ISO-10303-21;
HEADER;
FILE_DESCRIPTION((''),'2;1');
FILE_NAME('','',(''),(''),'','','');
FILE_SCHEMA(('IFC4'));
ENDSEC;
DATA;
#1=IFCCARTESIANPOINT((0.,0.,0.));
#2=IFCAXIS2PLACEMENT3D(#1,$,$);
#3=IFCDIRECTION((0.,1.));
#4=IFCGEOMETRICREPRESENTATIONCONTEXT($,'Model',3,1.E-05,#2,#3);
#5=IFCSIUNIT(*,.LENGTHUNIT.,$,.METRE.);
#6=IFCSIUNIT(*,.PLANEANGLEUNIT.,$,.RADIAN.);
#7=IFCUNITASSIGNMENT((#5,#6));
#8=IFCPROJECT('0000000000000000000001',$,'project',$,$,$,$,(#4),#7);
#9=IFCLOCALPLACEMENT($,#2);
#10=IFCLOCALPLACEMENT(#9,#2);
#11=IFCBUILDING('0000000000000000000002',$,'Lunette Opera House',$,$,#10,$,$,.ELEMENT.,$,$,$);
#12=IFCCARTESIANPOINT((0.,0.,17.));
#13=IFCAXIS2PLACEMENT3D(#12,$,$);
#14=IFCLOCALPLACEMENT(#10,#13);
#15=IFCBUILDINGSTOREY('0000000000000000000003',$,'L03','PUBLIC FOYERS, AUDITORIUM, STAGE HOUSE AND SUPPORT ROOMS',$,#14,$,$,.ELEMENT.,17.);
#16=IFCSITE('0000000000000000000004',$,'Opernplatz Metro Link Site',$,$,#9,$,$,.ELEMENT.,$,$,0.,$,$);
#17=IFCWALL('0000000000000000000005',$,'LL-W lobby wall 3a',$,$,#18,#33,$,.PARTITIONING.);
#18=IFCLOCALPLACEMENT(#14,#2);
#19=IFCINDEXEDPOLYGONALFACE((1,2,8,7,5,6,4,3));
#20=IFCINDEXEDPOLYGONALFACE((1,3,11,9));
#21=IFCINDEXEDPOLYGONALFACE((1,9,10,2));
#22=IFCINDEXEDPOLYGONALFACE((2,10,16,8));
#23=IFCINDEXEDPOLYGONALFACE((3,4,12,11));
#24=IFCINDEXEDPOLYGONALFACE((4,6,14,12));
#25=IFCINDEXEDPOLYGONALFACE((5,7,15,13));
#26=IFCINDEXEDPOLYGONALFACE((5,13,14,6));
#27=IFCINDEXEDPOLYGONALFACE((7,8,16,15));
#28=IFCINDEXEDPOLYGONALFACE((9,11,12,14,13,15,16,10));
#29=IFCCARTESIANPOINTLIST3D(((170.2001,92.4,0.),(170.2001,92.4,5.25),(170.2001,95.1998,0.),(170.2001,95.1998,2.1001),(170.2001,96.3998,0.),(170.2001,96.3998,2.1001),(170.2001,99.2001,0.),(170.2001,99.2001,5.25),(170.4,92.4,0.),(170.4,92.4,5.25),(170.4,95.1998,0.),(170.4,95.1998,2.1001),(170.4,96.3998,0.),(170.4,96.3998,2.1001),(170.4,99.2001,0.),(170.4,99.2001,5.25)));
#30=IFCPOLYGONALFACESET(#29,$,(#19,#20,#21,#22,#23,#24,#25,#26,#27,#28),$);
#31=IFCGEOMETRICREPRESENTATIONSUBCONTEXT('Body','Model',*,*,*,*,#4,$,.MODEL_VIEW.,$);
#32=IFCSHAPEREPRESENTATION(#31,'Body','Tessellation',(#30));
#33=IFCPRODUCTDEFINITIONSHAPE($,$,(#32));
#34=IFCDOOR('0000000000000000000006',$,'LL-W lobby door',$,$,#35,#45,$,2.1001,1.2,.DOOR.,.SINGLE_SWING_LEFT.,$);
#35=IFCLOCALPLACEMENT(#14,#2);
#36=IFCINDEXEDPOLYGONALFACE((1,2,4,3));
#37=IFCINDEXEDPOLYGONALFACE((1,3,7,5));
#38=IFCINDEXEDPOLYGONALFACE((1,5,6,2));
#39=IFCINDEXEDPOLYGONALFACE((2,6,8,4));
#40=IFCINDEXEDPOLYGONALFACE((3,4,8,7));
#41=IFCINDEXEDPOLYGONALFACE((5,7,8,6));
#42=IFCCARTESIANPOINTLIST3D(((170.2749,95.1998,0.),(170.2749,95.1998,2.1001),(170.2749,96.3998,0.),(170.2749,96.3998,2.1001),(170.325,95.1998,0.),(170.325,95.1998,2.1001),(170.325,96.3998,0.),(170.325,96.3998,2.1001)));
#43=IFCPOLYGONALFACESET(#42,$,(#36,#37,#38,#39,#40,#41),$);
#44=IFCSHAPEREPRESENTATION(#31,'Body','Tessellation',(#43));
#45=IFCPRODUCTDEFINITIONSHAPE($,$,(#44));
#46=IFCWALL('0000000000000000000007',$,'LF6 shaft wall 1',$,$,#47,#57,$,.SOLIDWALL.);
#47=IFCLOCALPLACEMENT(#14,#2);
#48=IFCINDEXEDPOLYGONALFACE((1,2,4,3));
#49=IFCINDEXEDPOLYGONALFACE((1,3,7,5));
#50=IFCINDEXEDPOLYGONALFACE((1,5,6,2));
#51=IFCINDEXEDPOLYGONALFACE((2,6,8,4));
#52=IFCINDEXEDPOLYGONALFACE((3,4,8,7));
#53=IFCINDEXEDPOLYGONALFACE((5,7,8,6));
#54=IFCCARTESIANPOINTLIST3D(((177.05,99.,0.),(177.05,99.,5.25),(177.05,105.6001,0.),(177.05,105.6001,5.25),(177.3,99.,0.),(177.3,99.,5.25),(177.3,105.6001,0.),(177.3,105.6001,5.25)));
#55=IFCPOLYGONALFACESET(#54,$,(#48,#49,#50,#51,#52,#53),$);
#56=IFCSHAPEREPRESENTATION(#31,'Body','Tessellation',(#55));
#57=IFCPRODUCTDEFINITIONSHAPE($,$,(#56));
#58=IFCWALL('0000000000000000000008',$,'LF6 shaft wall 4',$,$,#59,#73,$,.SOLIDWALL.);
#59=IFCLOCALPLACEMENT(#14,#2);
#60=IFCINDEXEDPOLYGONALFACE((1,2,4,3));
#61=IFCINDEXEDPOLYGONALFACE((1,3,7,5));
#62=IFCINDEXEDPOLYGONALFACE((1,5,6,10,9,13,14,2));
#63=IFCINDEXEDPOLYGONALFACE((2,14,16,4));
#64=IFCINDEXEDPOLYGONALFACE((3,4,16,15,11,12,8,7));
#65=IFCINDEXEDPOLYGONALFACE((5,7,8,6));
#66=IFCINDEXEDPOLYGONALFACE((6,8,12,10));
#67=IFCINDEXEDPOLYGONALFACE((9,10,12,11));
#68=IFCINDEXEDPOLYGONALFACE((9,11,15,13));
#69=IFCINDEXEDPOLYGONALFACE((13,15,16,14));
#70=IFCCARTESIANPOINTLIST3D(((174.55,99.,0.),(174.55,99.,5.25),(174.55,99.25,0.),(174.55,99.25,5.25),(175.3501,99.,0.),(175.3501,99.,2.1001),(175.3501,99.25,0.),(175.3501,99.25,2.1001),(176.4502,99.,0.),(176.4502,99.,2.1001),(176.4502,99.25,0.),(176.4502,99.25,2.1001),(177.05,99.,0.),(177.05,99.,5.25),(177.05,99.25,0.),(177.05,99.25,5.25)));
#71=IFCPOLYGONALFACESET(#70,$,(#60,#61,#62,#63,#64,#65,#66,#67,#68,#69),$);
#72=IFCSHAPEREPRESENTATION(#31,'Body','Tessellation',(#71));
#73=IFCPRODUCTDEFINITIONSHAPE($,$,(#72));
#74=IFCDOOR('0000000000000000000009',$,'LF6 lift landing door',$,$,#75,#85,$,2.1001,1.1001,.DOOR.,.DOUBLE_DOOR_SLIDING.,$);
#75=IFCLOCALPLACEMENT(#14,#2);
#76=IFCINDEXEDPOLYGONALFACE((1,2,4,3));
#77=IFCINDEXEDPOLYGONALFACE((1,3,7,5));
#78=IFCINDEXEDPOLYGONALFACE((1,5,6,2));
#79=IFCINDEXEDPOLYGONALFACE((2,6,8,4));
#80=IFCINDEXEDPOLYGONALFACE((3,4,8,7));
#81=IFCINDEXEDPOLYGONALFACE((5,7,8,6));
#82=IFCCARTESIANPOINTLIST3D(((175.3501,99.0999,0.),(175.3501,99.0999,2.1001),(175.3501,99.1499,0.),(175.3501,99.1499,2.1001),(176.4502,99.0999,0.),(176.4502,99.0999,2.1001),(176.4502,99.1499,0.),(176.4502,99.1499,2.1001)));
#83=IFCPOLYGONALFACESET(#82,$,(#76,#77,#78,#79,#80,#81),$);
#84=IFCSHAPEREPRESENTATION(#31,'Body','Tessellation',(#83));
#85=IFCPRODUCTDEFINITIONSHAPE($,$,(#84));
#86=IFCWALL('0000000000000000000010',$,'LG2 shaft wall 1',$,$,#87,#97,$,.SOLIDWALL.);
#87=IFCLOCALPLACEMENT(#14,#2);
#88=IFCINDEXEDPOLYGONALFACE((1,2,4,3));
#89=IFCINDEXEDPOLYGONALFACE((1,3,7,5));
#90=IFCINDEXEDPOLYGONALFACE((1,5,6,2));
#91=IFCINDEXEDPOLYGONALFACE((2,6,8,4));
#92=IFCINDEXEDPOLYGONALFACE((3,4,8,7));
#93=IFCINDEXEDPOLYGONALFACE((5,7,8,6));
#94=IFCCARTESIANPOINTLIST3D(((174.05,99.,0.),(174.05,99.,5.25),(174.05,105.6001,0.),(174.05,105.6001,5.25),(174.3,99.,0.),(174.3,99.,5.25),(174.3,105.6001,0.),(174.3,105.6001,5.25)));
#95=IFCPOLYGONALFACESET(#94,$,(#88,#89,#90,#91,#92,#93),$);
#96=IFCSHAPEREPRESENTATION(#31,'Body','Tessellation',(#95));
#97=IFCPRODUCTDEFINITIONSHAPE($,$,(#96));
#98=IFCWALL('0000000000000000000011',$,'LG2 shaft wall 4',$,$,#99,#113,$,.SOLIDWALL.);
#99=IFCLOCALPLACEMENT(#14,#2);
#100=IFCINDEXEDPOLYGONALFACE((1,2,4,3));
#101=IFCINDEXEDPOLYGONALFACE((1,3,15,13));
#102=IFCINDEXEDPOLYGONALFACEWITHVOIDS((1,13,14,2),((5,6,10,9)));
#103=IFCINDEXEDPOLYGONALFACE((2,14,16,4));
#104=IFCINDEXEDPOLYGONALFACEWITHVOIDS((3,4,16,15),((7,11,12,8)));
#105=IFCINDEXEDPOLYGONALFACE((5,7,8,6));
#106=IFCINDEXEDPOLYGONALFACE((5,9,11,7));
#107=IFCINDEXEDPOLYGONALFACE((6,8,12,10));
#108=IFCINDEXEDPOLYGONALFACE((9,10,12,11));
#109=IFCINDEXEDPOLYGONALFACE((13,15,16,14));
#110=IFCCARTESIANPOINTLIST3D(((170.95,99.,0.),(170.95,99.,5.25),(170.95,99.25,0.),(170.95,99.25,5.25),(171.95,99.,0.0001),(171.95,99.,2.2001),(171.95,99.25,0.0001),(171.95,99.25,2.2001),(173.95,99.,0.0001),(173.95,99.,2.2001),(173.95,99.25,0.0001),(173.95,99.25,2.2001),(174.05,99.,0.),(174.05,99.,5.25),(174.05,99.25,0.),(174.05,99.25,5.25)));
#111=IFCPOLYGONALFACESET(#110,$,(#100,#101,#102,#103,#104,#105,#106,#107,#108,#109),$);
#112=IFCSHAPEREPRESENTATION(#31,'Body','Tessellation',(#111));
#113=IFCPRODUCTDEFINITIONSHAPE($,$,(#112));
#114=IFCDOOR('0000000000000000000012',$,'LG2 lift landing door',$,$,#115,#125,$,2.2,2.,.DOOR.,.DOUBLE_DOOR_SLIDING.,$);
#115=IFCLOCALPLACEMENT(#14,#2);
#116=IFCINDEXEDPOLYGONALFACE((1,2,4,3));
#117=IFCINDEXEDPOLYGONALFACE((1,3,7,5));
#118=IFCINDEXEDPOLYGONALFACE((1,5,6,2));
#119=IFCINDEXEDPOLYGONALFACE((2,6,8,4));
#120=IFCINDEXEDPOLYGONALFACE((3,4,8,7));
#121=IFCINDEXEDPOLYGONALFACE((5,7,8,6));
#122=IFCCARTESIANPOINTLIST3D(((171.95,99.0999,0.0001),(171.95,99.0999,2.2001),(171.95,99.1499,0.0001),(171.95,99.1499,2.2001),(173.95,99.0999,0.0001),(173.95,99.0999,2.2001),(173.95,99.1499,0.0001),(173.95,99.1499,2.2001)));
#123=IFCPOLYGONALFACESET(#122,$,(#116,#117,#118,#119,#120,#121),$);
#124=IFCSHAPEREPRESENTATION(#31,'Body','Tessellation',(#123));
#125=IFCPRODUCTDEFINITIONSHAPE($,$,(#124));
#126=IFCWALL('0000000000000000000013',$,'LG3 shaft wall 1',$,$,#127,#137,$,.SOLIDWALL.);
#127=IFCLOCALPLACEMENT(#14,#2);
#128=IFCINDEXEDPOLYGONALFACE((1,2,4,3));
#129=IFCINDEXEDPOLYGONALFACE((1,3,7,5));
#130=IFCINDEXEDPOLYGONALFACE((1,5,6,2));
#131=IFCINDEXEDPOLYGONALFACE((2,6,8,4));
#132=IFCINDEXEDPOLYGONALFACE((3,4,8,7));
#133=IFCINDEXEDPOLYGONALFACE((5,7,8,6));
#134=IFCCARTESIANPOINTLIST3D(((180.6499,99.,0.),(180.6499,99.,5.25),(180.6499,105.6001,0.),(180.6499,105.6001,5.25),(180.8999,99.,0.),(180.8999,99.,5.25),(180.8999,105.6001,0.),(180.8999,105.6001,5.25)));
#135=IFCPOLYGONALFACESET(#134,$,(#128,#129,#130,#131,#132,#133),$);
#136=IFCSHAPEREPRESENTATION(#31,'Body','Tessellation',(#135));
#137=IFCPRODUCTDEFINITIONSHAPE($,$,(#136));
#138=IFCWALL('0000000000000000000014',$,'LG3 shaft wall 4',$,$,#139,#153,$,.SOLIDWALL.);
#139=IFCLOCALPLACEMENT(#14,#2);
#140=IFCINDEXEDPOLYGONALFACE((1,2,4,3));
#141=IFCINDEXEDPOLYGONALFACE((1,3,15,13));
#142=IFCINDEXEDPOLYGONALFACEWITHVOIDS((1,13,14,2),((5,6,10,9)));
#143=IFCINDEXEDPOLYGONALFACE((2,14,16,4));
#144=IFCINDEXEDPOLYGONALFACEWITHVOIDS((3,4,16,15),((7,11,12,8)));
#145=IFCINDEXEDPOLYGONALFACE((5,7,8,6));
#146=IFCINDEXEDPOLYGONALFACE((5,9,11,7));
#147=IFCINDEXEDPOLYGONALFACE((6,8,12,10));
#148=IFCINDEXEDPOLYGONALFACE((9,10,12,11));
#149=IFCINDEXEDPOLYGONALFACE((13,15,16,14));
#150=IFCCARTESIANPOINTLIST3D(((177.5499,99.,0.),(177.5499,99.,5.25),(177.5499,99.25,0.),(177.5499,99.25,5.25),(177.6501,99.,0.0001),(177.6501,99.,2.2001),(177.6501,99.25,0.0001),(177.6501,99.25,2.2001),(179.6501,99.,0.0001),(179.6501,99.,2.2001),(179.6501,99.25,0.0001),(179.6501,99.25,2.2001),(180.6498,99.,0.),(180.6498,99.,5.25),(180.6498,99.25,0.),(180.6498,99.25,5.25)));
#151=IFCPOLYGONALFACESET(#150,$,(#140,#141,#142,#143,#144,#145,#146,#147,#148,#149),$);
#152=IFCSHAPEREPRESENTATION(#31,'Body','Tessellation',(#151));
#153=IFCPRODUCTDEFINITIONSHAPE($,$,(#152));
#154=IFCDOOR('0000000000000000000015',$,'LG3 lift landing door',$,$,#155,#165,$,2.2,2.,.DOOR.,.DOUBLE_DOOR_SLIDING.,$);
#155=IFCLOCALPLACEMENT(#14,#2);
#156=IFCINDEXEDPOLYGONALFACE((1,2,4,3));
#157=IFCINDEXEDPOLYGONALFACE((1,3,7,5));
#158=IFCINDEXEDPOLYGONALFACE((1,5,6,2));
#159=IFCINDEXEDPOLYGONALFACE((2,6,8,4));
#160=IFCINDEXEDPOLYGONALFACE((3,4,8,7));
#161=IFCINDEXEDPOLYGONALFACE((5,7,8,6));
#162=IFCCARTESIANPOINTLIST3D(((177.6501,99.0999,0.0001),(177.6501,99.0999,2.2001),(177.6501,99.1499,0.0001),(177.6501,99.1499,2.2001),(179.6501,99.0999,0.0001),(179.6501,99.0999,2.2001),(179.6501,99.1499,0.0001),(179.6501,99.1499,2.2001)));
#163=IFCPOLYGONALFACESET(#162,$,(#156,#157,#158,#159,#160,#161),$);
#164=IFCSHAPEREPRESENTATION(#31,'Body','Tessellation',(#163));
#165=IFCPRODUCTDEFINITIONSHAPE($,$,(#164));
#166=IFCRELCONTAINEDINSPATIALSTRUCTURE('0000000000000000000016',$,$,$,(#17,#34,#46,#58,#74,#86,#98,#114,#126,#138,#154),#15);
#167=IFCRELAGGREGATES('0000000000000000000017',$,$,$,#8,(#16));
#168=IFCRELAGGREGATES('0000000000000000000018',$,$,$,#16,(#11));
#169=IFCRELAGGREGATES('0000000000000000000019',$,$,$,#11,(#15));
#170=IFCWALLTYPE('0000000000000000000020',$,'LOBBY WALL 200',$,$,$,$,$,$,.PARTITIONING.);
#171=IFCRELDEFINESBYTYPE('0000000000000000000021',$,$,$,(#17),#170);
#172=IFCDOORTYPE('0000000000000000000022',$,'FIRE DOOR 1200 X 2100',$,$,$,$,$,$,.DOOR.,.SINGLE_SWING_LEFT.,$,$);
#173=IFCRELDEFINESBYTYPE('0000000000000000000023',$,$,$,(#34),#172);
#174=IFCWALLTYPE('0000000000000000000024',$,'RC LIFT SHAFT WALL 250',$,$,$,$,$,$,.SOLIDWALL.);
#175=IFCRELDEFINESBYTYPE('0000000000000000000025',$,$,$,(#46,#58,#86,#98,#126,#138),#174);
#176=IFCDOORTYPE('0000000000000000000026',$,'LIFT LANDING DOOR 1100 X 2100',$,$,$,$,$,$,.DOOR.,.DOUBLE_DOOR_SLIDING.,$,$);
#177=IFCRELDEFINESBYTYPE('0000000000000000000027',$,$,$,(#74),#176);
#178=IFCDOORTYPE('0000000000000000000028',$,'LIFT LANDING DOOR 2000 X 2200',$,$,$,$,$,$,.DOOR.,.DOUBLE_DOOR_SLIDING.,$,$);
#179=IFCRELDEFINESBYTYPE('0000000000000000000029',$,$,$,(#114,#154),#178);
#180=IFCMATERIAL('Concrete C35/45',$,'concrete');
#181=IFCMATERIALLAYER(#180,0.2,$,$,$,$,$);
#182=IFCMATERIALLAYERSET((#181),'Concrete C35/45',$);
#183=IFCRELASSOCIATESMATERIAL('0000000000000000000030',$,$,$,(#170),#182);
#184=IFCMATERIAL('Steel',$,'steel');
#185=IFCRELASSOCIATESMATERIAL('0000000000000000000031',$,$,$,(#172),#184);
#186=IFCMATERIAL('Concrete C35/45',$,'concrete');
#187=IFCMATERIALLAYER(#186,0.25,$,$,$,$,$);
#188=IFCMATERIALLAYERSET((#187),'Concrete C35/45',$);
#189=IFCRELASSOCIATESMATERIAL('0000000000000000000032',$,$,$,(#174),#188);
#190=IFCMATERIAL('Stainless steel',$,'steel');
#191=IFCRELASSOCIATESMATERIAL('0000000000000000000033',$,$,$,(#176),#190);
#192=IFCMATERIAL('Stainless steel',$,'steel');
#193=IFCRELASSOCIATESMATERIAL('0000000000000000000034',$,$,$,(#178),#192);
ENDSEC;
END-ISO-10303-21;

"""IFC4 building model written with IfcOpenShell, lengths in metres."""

from ifc_helpers import new_model, si_unit, direction, frame, frame_2d, origin, place, context, subcontext, project, spatial, rectangle, extrude, material, layer, layer_set, type_object, element, fill, save


model = new_model("IFC4")

# Units and contexts
model_context = context("Model", 3, precision=1e-05, world=origin(), true_north=direction((0.0, 1.0)))
body_context = subcontext(model_context, "Body", "Model", "MODEL_VIEW")
ifc_project = project(units=[si_unit("LENGTHUNIT", "METRE"), si_unit("PLANEANGLEUNIT", "RADIAN")], contexts=[model_context])

# Site, building, storey
site_placement = place(None, origin())
site = spatial("IfcSite", under=ifc_project, at=site_placement, Name="Opernplatz Metro Link Site", CompositionType="ELEMENT", RefElevation=0.0)
building_placement = place(site_placement, origin())
building = spatial("IfcBuilding", under=site, at=building_placement, Name="Lunette Opera House", CompositionType="ELEMENT")
storey_placement = place(building_placement, frame((0.0, 0.0, 17.0)))
storey = spatial("IfcBuildingStorey", under=building, at=storey_placement, Name="L03", Description="PUBLIC FOYERS, AUDITORIUM, STAGE HOUSE AND SUPPORT ROOMS", CompositionType="ELEMENT", Elevation=17.0)

# Shared definitions
ifc_material_1 = material(Name="Concrete C35/45", Category="concrete")
ifc_layer_1 = layer(ifc_material_1, 0.2)
ifc_layer_set_1 = layer_set([ifc_layer_1], Name="Concrete C35/45")
wall_type_1 = type_object("IfcWallType", Name="LOBBY WALL 200", PredefinedType="PARTITIONING", material=ifc_layer_set_1)

# Wall, opening, door
wall_1_placement = place(storey_placement, frame((170.3, 99.2, 0.0), z_axis=(0.0, 0.0, 1.0), x_axis=(0.0, -1.0, 0.0)))
wall_1 = element("IfcWall", 1, at=wall_1_placement, inside=storey, type_object=wall_type_1, Name="LL-W lobby wall 3a", PredefinedType="PARTITIONING", context=body_context, shape_type="SweptSolid", body=[
    extrude(rectangle(XDim=6.8, YDim=0.2, at=frame_2d((3.3999, 0.0))), origin(), (0.0, 0.0, 1.0), 5.25),
])
opening_1_placement = place(wall_1_placement, frame((2.8, 0.0, 0.0)))
opening_1 = element("IfcOpeningElement", 2, at=opening_1_placement, cuts=wall_1, PredefinedType="OPENING", context=body_context, shape_type="SweptSolid", body=[
    extrude(rectangle(XDim=1.2, YDim=2.1001, at=frame_2d((0.6001, 1.05))), frame((0.0, 0.1121, 0.0), z_axis=(0.0, -1.0, 0.0), x_axis=(1.0, 0.0, 0.0)), (0.0, 0.0, 1.0), 0.2239),
])
ifc_material_2 = material(Name="Steel", Category="steel")
door_type_1 = type_object("IfcDoorType", Name="FIRE DOOR 1200 X 2100", OperationType="SINGLE_SWING_LEFT", PredefinedType="DOOR", material=ifc_material_2)
door_1_placement = place(opening_1_placement, origin())
door_1 = element("IfcDoor", 3, at=door_1_placement, inside=storey, type_object=door_type_1, Name="LL-W lobby door", OperationType="SINGLE_SWING_LEFT", OverallHeight=2.1001, OverallWidth=1.2, PredefinedType="DOOR", context=body_context, shape_type="SweptSolid", body=[
    extrude(rectangle(XDim=1.2, YDim=2.1001, at=frame_2d((0.6001, 1.05))), frame((0.0, 0.0249, 0.0), z_axis=(0.0, -1.0, 0.0), x_axis=(1.0, 0.0, 0.0)), (0.0, 0.0, 1.0), 0.05),
])
fill(opening_1, door_1)

# Wall
ifc_material_3 = material(Name="Concrete C35/45", Category="concrete")
ifc_layer_2 = layer(ifc_material_3, 0.25)
ifc_layer_set_2 = layer_set([ifc_layer_2], Name="Concrete C35/45")
wall_type_2 = type_object("IfcWallType", Name="RC LIFT SHAFT WALL 250", PredefinedType="SOLIDWALL", material=ifc_layer_set_2)
wall_2_placement = place(storey_placement, frame((177.175, 99.0, 0.0), z_axis=(0.0, 0.0, 1.0), x_axis=(0.0, 1.0, 0.0)))
element("IfcWall", 4, at=wall_2_placement, inside=storey, type_object=wall_type_2, Name="LF6 shaft wall 1", PredefinedType="SOLIDWALL", context=body_context, shape_type="SweptSolid", body=[
    extrude(rectangle(XDim=6.6001, YDim=0.25, at=frame_2d((3.3, 0.0))), origin(), (0.0, 0.0, 1.0), 5.25),
])

# Wall, opening, door
wall_3_placement = place(storey_placement, frame((174.55, 99.125, 0.0), z_axis=(0.0, 0.0, 1.0), x_axis=(1.0, 0.0, 0.0)))
wall_3 = element("IfcWall", 5, at=wall_3_placement, inside=storey, type_object=wall_type_2, Name="LF6 shaft wall 4", PredefinedType="SOLIDWALL", context=body_context, shape_type="SweptSolid", body=[
    extrude(rectangle(XDim=2.5, YDim=0.25, at=frame_2d((1.25, 0.0))), origin(), (0.0, 0.0, 1.0), 5.25),
])
opening_2_placement = place(wall_3_placement, frame((0.8, 0.0, 0.0)))
opening_2 = element("IfcOpeningElement", 6, at=opening_2_placement, cuts=wall_3, PredefinedType="OPENING", context=body_context, shape_type="SweptSolid", body=[
    extrude(rectangle(XDim=1.1001, YDim=2.1001, at=frame_2d((0.55, 1.05))), frame((0.0, 0.137, 0.0), z_axis=(0.0, -1.0, 0.0), x_axis=(1.0, 0.0, 0.0)), (0.0, 0.0, 1.0), 0.2739),
])
ifc_material_4 = material(Name="Stainless steel", Category="steel")
door_type_2 = type_object("IfcDoorType", Name="LIFT LANDING DOOR 1100 X 2100", OperationType="DOUBLE_DOOR_SLIDING", PredefinedType="DOOR", material=ifc_material_4)
door_2_placement = place(opening_2_placement, origin())
door_2 = element("IfcDoor", 7, at=door_2_placement, inside=storey, type_object=door_type_2, Name="LF6 lift landing door", OperationType="DOUBLE_DOOR_SLIDING", OverallHeight=2.1001, OverallWidth=1.1001, PredefinedType="DOOR", context=body_context, shape_type="SweptSolid", body=[
    extrude(rectangle(XDim=1.1001, YDim=2.1001, at=frame_2d((0.55, 1.05))), frame((0.0, 0.0249, 0.0), z_axis=(0.0, -1.0, 0.0), x_axis=(1.0, 0.0, 0.0)), (0.0, 0.0, 1.0), 0.05),
])
fill(opening_2, door_2)

# Wall
wall_4_placement = place(storey_placement, frame((174.175, 99.0, 0.0), z_axis=(0.0, 0.0, 1.0), x_axis=(0.0, 1.0, 0.0)))
element("IfcWall", 8, at=wall_4_placement, inside=storey, type_object=wall_type_2, Name="LG2 shaft wall 1", PredefinedType="SOLIDWALL", context=body_context, shape_type="SweptSolid", body=[
    extrude(rectangle(XDim=6.6001, YDim=0.25, at=frame_2d((3.3, 0.0))), origin(), (0.0, 0.0, 1.0), 5.25),
])

# Wall, opening, door
wall_5_placement = place(storey_placement, frame((170.95, 99.125, 0.0), z_axis=(0.0, 0.0, 1.0), x_axis=(1.0, 0.0, 0.0)))
wall_5 = element("IfcWall", 9, at=wall_5_placement, inside=storey, type_object=wall_type_2, Name="LG2 shaft wall 4", PredefinedType="SOLIDWALL", context=body_context, shape_type="SweptSolid", body=[
    extrude(rectangle(XDim=3.1001, YDim=0.25, at=frame_2d((1.55, 0.0))), origin(), (0.0, 0.0, 1.0), 5.25),
])
opening_3_placement = place(wall_5_placement, frame((1.0, 0.0, 0.0)))
opening_3 = element("IfcOpeningElement", 10, at=opening_3_placement, cuts=wall_5, PredefinedType="OPENING", context=body_context, shape_type="SweptSolid", body=[
    extrude(rectangle(XDim=2.0, YDim=2.2, at=frame_2d((1.0, 1.1001))), frame((0.0, 0.137, 0.0), z_axis=(0.0, -1.0, 0.0), x_axis=(1.0, 0.0, 0.0)), (0.0, 0.0, 1.0), 0.2739),
])
ifc_material_5 = material(Name="Stainless steel", Category="steel")
door_type_3 = type_object("IfcDoorType", Name="LIFT LANDING DOOR 2000 X 2200", OperationType="DOUBLE_DOOR_SLIDING", PredefinedType="DOOR", material=ifc_material_5)
door_3_placement = place(opening_3_placement, origin())
door_3 = element("IfcDoor", 11, at=door_3_placement, inside=storey, type_object=door_type_3, Name="LG2 lift landing door", OperationType="DOUBLE_DOOR_SLIDING", OverallHeight=2.2, OverallWidth=2.0, PredefinedType="DOOR", context=body_context, shape_type="SweptSolid", body=[
    extrude(rectangle(XDim=2.0, YDim=2.2, at=frame_2d((1.0, 1.1001))), frame((0.0, 0.0249, 0.0), z_axis=(0.0, -1.0, 0.0), x_axis=(1.0, 0.0, 0.0)), (0.0, 0.0, 1.0), 0.05),
])
fill(opening_3, door_3)

# Wall
wall_6_placement = place(storey_placement, frame((180.7749, 99.0, 0.0), z_axis=(0.0, 0.0, 1.0), x_axis=(0.0, 1.0, 0.0)))
element("IfcWall", 12, at=wall_6_placement, inside=storey, type_object=wall_type_2, Name="LG3 shaft wall 1", PredefinedType="SOLIDWALL", context=body_context, shape_type="SweptSolid", body=[
    extrude(rectangle(XDim=6.6001, YDim=0.25, at=frame_2d((3.3, 0.0))), origin(), (0.0, 0.0, 1.0), 5.25),
])

# Wall, opening, door
wall_7_placement = place(storey_placement, frame((177.55, 99.125, 0.0), z_axis=(0.0, 0.0, 1.0), x_axis=(1.0, 0.0, 0.0)))
wall_7 = element("IfcWall", 13, at=wall_7_placement, inside=storey, type_object=wall_type_2, Name="LG3 shaft wall 4", PredefinedType="SOLIDWALL", context=body_context, shape_type="SweptSolid", body=[
    extrude(rectangle(XDim=3.0999, YDim=0.25, at=frame_2d((1.5498, 0.0))), origin(), (0.0, 0.0, 1.0), 5.25),
])
opening_4_placement = place(wall_7_placement, frame((0.1001, 0.0, 0.0)))
opening_4 = element("IfcOpeningElement", 14, at=opening_4_placement, cuts=wall_7, PredefinedType="OPENING", context=body_context, shape_type="SweptSolid", body=[
    extrude(rectangle(XDim=2.0, YDim=2.2, at=frame_2d((1.0, 1.1001))), frame((0.0, 0.137, 0.0), z_axis=(0.0, -1.0, 0.0), x_axis=(1.0, 0.0, 0.0)), (0.0, 0.0, 1.0), 0.2739),
])
door_4_placement = place(opening_4_placement, origin())
door_4 = element("IfcDoor", 15, at=door_4_placement, inside=storey, type_object=door_type_3, Name="LG3 lift landing door", OperationType="DOUBLE_DOOR_SLIDING", OverallHeight=2.2, OverallWidth=2.0, PredefinedType="DOOR", context=body_context, shape_type="SweptSolid", body=[
    extrude(rectangle(XDim=2.0, YDim=2.2, at=frame_2d((1.0, 1.1001))), frame((0.0, 0.0249, 0.0), z_axis=(0.0, -1.0, 0.0), x_axis=(1.0, 0.0, 0.0)), (0.0, 0.0, 1.0), 0.05),
])
fill(opening_4, door_4)

save(model, "model.ifc")
